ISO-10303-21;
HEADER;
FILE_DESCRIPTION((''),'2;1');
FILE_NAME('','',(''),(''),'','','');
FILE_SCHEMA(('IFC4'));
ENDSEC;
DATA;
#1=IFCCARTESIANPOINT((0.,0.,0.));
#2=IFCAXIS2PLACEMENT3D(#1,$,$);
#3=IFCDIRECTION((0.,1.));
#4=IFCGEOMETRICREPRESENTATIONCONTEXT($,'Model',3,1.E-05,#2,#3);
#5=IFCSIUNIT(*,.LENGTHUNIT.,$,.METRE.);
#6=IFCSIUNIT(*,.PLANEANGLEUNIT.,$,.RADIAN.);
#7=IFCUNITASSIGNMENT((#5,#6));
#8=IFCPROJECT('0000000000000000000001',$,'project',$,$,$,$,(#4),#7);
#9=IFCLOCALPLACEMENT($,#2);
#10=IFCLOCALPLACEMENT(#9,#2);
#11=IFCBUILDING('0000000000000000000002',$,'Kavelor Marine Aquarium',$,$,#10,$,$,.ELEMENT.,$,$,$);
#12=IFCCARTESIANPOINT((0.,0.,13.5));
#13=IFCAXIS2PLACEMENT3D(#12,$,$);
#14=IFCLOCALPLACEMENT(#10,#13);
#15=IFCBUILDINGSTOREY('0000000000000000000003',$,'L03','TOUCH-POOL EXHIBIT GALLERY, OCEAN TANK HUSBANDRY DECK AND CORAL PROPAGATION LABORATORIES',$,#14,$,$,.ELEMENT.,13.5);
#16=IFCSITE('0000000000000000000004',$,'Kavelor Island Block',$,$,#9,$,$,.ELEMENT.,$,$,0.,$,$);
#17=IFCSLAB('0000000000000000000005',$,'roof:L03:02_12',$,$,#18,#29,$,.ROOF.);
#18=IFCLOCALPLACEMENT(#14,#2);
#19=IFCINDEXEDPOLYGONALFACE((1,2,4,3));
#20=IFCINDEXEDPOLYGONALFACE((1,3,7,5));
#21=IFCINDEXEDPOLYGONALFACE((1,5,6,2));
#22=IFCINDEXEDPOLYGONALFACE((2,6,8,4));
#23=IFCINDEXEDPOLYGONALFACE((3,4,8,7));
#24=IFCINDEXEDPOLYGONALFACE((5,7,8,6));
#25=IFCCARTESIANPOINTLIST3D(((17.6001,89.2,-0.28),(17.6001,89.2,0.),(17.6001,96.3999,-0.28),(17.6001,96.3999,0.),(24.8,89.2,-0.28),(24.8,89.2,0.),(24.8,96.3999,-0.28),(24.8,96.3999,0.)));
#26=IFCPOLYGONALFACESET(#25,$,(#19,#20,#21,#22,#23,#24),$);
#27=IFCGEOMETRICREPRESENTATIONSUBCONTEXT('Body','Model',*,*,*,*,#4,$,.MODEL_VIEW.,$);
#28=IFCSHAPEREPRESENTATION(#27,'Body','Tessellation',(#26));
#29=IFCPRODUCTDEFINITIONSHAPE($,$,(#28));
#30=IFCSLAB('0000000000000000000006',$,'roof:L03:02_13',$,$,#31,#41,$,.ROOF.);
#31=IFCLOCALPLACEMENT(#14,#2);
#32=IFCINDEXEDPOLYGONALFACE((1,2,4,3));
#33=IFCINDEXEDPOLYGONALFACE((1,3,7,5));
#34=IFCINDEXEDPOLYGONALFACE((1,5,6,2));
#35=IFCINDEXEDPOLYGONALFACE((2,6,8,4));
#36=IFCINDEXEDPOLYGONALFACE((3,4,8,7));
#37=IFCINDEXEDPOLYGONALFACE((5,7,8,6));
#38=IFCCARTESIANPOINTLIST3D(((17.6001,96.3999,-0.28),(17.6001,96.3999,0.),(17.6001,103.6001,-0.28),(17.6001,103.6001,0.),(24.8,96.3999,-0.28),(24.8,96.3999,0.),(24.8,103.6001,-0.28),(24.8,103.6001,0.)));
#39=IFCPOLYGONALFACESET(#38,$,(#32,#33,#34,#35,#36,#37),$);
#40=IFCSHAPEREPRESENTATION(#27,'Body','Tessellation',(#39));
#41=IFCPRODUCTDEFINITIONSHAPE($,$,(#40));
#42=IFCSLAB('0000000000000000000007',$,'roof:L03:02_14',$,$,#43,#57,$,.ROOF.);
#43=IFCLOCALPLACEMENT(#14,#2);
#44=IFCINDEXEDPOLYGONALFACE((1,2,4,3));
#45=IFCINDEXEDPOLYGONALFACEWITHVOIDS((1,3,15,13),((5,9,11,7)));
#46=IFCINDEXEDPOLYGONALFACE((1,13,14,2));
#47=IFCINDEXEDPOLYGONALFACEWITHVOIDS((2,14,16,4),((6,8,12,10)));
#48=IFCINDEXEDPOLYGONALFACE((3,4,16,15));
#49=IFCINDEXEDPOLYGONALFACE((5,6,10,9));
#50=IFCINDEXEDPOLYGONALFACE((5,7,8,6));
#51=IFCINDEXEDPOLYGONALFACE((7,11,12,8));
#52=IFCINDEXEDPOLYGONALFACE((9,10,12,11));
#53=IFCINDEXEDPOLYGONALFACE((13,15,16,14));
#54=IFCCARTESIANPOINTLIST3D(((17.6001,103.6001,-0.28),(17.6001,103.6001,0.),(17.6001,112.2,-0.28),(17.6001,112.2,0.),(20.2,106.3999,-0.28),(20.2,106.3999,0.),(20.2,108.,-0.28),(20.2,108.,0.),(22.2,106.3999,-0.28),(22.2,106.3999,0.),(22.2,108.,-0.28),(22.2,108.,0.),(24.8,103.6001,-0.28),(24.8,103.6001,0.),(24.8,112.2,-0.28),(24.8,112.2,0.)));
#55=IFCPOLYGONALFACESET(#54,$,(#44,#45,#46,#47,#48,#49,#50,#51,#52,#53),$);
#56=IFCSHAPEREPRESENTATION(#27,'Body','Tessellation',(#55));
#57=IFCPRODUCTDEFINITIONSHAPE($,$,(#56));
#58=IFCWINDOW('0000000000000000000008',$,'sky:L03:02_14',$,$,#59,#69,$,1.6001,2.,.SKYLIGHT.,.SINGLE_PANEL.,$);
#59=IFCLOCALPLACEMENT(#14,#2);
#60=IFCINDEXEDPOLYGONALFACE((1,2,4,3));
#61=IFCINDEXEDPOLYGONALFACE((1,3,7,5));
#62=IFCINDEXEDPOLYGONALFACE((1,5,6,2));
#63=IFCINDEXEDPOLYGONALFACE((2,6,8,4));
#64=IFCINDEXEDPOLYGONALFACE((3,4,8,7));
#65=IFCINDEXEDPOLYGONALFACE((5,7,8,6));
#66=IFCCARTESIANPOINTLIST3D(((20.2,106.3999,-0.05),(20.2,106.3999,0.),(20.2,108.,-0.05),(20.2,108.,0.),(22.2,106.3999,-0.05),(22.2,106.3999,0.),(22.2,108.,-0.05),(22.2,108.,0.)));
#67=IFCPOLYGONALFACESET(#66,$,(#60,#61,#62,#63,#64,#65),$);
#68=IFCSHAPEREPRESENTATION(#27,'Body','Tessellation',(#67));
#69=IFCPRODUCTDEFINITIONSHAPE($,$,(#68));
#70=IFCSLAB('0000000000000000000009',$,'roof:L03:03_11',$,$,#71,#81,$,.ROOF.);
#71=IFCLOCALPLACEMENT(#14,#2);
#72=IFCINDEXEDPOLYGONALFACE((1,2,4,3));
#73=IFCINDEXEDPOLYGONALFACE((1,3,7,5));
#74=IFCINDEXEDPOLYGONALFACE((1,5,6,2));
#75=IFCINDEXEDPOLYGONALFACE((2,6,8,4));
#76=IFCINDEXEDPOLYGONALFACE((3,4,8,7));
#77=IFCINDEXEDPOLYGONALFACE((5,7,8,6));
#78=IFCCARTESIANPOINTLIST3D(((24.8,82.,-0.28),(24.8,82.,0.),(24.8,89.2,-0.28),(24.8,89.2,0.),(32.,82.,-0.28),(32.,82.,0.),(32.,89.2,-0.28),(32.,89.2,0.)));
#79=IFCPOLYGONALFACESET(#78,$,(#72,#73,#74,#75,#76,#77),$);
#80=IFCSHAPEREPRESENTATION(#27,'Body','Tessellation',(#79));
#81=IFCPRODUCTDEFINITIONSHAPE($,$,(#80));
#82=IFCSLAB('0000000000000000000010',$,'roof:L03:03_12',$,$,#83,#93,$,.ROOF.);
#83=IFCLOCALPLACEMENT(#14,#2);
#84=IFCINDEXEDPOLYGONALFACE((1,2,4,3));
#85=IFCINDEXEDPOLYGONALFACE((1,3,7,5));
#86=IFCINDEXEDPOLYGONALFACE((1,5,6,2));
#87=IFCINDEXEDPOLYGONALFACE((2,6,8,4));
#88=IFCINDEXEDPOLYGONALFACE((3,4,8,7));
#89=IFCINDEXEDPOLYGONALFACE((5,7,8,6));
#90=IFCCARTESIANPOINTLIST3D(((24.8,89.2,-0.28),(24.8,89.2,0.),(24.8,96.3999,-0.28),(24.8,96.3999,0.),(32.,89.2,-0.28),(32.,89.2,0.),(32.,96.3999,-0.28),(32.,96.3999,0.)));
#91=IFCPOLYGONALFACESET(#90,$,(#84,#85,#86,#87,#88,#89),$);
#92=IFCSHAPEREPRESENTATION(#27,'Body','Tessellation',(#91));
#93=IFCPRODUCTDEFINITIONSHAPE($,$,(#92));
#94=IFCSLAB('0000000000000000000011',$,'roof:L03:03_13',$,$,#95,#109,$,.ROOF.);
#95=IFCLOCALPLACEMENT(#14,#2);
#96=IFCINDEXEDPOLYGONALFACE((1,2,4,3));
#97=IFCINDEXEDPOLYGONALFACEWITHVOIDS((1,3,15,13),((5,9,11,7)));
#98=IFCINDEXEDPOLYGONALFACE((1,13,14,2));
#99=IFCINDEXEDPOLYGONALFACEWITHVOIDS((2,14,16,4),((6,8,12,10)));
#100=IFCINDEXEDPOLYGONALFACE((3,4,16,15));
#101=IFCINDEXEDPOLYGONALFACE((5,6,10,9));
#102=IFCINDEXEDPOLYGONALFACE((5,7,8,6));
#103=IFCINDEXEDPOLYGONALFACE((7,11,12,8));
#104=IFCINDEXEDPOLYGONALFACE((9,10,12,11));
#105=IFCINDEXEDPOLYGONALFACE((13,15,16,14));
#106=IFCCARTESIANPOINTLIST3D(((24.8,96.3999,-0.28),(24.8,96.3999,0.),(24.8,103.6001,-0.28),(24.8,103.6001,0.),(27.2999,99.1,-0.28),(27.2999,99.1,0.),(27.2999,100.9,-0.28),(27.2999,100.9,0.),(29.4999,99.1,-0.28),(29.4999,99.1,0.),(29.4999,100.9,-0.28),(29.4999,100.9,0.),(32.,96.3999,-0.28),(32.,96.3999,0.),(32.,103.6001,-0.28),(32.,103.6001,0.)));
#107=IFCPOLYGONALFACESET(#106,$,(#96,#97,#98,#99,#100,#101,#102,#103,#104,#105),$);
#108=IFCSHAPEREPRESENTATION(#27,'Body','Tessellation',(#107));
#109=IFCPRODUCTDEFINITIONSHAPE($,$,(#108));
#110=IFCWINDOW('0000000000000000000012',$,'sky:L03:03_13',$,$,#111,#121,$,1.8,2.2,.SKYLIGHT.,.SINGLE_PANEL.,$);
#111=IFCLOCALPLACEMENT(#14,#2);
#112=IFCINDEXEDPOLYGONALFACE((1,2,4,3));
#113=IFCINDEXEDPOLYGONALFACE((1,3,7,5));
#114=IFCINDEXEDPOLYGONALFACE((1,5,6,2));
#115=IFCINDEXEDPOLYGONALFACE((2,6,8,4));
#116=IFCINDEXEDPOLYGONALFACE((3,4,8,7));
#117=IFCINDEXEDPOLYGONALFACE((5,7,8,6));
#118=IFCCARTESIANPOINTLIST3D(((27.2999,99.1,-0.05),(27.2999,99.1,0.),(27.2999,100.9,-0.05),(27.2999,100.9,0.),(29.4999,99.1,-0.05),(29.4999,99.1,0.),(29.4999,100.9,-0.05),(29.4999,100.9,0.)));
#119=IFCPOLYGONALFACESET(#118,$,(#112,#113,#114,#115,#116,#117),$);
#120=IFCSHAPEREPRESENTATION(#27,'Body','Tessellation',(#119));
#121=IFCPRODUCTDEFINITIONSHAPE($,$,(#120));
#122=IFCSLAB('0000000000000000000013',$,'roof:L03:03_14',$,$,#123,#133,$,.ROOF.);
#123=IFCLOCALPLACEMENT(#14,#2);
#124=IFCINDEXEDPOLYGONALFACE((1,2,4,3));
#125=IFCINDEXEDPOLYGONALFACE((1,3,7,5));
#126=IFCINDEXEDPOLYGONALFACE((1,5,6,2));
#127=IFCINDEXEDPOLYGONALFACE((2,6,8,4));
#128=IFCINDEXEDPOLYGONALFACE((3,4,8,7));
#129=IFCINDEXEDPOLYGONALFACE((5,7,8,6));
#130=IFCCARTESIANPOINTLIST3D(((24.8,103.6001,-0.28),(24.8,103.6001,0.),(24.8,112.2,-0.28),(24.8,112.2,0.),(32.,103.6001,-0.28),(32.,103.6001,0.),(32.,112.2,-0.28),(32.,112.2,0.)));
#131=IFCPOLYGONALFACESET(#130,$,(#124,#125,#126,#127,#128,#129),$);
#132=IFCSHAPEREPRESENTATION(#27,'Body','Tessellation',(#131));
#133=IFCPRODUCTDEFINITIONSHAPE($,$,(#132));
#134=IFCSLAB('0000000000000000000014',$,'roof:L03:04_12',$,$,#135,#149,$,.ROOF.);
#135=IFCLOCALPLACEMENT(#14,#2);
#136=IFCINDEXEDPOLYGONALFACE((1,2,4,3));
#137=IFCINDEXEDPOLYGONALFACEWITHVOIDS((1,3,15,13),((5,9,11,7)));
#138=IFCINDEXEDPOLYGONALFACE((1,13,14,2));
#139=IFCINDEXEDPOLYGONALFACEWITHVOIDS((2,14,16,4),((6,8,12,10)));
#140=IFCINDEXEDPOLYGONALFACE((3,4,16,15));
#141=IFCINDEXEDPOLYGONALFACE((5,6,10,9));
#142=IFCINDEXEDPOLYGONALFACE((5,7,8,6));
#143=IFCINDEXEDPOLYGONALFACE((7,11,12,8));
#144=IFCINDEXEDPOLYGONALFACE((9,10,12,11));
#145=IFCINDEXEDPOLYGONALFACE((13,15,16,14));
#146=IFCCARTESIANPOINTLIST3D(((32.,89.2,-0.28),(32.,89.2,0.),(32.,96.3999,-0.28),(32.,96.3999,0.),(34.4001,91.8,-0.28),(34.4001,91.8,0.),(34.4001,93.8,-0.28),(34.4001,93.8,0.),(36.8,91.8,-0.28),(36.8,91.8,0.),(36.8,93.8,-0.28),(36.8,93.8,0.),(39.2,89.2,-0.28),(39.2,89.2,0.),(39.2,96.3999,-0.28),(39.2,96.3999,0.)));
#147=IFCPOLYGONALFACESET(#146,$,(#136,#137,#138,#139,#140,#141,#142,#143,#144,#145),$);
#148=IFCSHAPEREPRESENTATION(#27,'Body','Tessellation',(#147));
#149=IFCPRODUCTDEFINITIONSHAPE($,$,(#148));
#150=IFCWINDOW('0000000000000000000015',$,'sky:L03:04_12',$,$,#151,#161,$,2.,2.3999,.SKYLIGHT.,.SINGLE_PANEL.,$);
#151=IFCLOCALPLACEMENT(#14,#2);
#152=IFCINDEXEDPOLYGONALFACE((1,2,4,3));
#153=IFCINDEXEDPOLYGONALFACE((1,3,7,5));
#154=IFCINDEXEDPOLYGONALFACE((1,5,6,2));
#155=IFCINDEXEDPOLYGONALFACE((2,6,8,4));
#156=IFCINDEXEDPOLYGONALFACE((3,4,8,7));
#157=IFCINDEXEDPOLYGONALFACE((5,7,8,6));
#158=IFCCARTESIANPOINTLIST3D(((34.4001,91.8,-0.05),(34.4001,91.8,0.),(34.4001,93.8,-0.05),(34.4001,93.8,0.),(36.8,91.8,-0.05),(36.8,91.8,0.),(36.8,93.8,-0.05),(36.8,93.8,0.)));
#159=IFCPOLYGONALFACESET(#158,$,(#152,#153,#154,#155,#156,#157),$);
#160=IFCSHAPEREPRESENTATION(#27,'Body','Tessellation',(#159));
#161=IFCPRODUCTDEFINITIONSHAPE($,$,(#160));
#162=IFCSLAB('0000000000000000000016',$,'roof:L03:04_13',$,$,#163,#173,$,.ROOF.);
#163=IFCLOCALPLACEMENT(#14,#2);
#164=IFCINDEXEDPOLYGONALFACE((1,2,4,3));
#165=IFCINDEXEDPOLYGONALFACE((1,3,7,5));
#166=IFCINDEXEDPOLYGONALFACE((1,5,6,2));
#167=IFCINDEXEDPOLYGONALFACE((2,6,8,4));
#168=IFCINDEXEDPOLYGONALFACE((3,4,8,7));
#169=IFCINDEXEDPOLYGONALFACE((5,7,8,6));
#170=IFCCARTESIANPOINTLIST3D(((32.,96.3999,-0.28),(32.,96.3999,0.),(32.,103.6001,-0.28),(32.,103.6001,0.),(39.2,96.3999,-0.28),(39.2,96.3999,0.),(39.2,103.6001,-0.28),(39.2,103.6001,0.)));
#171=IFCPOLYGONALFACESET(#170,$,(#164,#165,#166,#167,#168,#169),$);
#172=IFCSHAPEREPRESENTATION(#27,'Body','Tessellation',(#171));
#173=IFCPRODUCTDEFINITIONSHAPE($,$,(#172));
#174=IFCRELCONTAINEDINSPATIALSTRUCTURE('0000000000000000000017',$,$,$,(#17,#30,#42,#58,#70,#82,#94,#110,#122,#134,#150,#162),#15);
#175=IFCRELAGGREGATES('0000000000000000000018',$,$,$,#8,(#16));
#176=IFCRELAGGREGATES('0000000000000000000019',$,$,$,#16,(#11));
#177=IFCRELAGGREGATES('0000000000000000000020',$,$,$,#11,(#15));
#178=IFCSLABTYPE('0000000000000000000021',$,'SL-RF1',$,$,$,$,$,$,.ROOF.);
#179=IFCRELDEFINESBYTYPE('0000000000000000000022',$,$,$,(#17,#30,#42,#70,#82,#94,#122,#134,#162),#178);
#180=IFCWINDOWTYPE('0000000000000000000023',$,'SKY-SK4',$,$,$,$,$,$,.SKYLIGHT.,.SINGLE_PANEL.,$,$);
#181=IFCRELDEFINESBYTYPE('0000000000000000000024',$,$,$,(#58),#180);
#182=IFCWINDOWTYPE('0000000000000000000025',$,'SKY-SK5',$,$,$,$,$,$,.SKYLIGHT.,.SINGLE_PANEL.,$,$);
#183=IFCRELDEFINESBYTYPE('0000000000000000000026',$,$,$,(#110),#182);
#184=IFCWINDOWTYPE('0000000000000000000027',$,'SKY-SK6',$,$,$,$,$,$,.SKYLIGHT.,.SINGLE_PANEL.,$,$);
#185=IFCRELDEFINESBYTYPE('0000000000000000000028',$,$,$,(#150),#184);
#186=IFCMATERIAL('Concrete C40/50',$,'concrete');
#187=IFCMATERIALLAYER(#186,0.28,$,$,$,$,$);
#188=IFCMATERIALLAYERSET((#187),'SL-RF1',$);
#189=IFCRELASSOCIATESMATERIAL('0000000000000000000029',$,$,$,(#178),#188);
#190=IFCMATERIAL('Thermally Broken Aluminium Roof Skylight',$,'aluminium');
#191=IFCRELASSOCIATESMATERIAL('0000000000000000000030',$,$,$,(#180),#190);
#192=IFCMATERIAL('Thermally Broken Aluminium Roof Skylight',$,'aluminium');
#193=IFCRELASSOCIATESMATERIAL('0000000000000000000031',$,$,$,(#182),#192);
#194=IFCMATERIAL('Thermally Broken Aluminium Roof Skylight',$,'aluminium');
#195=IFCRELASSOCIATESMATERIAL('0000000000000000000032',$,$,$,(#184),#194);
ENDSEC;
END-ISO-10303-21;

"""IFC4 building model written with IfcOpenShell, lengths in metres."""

from ifc_helpers import new_model, si_unit, direction, frame, origin, origin_2d, place, context, subcontext, project, spatial, polyline, rectangle, outline, extrude, material, layer, layer_set, type_object, element, fill, save


model = new_model("IFC4")

# Units and contexts
model_context = context("Model", 3, precision=1e-05, world=origin(), true_north=direction((0.0, 1.0)))
body_context = subcontext(model_context, "Body", "Model", "MODEL_VIEW")
ifc_project = project(units=[si_unit("LENGTHUNIT", "METRE"), si_unit("PLANEANGLEUNIT", "RADIAN")], contexts=[model_context])

# Site, building, storey
site_placement = place(None, origin())
site = spatial("IfcSite", under=ifc_project, at=site_placement, Name="Kavelor Island Block", CompositionType="ELEMENT", RefElevation=0.0)
building_placement = place(site_placement, origin())
building = spatial("IfcBuilding", under=site, at=building_placement, Name="Kavelor Marine Aquarium", CompositionType="ELEMENT")
storey_placement = place(building_placement, frame((0.0, 0.0, 13.5)))
storey = spatial("IfcBuildingStorey", under=building, at=storey_placement, Name="L03", Description="TOUCH-POOL EXHIBIT GALLERY, OCEAN TANK HUSBANDRY DECK AND CORAL PROPAGATION LABORATORIES", CompositionType="ELEMENT", Elevation=13.5)

# Shared definitions
ifc_material_1 = material(Name="Concrete C40/50", Category="concrete")
ifc_layer_1 = layer(ifc_material_1, 0.28)
ifc_layer_set_1 = layer_set([ifc_layer_1], Name="SL-RF1")
slab_type_1 = type_object("IfcSlabType", Name="SL-RF1", PredefinedType="ROOF", material=ifc_layer_set_1)

# Slabs
slab_1_placement = place(storey_placement, frame((0.0, 0.0, -0.28)))
element("IfcSlab", 1, at=slab_1_placement, inside=storey, type_object=slab_type_1, Name="roof:L03:02_12", PredefinedType="ROOF", context=body_context, shape_type="SweptSolid", body=[
    extrude(outline(polyline([(17.6001, 89.2), (24.8, 89.2), (24.8, 96.3999), (17.6001, 96.3999), (17.6001, 89.2)])), origin(), (0.0, 0.0, 1.0), 0.28),
])
slab_2_placement = place(storey_placement, frame((0.0, 0.0, -0.28)))
element("IfcSlab", 2, at=slab_2_placement, inside=storey, type_object=slab_type_1, Name="roof:L03:02_13", PredefinedType="ROOF", context=body_context, shape_type="SweptSolid", body=[
    extrude(outline(polyline([(17.6001, 96.3999), (24.8, 96.3999), (24.8, 103.6001), (17.6001, 103.6001), (17.6001, 96.3999)])), origin(), (0.0, 0.0, 1.0), 0.28),
])

# Slab, opening, window
slab_3_placement = place(storey_placement, frame((0.0, 0.0, -0.28)))
slab_3 = element("IfcSlab", 3, at=slab_3_placement, inside=storey, type_object=slab_type_1, Name="roof:L03:02_14", PredefinedType="ROOF", context=body_context, shape_type="SweptSolid", body=[
    extrude(outline(polyline([(17.6001, 103.6001), (24.8, 103.6001), (24.8, 112.2), (17.6001, 112.2), (17.6001, 103.6001)])), origin(), (0.0, 0.0, 1.0), 0.28),
])
opening_1_placement = place(slab_3_placement, frame((21.2, 107.2, 0.0)))
opening_1 = element("IfcOpeningElement", 4, at=opening_1_placement, cuts=slab_3, PredefinedType="OPENING", context=body_context, shape_type="SweptSolid", body=[
    extrude(rectangle(XDim=2.0, YDim=1.6001, at=origin_2d()), origin(), (0.0, 0.0, 1.0), 0.28),
])
ifc_material_2 = material(Name="Thermally Broken Aluminium Roof Skylight", Category="aluminium")
window_type_1 = type_object("IfcWindowType", Name="SKY-SK4", PartitioningType="SINGLE_PANEL", PredefinedType="SKYLIGHT", material=ifc_material_2)
window_1_placement = place(opening_1_placement, frame((0.0, 0.0, 0.23)))
window_1 = element("IfcWindow", 5, at=window_1_placement, inside=storey, type_object=window_type_1, Name="sky:L03:02_14", OverallHeight=1.6001, OverallWidth=2.0, PartitioningType="SINGLE_PANEL", PredefinedType="SKYLIGHT", context=body_context, shape_type="SweptSolid", body=[
    extrude(rectangle(XDim=2.0, YDim=1.6001, at=origin_2d()), origin(), (0.0, 0.0, 1.0), 0.05),
])
fill(opening_1, window_1)

# Slabs
slab_4_placement = place(storey_placement, frame((0.0, 0.0, -0.28)))
element("IfcSlab", 6, at=slab_4_placement, inside=storey, type_object=slab_type_1, Name="roof:L03:03_11", PredefinedType="ROOF", context=body_context, shape_type="SweptSolid", body=[
    extrude(outline(polyline([(24.8, 82.0), (32.0, 82.0), (32.0, 89.2), (24.8, 89.2), (24.8, 82.0)])), origin(), (0.0, 0.0, 1.0), 0.28),
])
slab_5_placement = place(storey_placement, frame((0.0, 0.0, -0.28)))
element("IfcSlab", 7, at=slab_5_placement, inside=storey, type_object=slab_type_1, Name="roof:L03:03_12", PredefinedType="ROOF", context=body_context, shape_type="SweptSolid", body=[
    extrude(outline(polyline([(24.8, 89.2), (32.0, 89.2), (32.0, 96.3999), (24.8, 96.3999), (24.8, 89.2)])), origin(), (0.0, 0.0, 1.0), 0.28),
])

# Slab, opening, window
slab_6_placement = place(storey_placement, frame((0.0, 0.0, -0.28)))
slab_6 = element("IfcSlab", 8, at=slab_6_placement, inside=storey, type_object=slab_type_1, Name="roof:L03:03_13", PredefinedType="ROOF", context=body_context, shape_type="SweptSolid", body=[
    extrude(outline(polyline([(24.8, 96.3999), (32.0, 96.3999), (32.0, 103.6001), (24.8, 103.6001), (24.8, 96.3999)])), origin(), (0.0, 0.0, 1.0), 0.28),
])
opening_2_placement = place(slab_6_placement, frame((28.3999, 100.0, 0.0)))
opening_2 = element("IfcOpeningElement", 9, at=opening_2_placement, cuts=slab_6, PredefinedType="OPENING", context=body_context, shape_type="SweptSolid", body=[
    extrude(rectangle(XDim=2.2, YDim=1.8, at=origin_2d()), origin(), (0.0, 0.0, 1.0), 0.28),
])
ifc_material_3 = material(Name="Thermally Broken Aluminium Roof Skylight", Category="aluminium")
window_type_2 = type_object("IfcWindowType", Name="SKY-SK5", PartitioningType="SINGLE_PANEL", PredefinedType="SKYLIGHT", material=ifc_material_3)
window_2_placement = place(opening_2_placement, frame((0.0, 0.0, 0.23)))
window_2 = element("IfcWindow", 10, at=window_2_placement, inside=storey, type_object=window_type_2, Name="sky:L03:03_13", OverallHeight=1.8, OverallWidth=2.2, PartitioningType="SINGLE_PANEL", PredefinedType="SKYLIGHT", context=body_context, shape_type="SweptSolid", body=[
    extrude(rectangle(XDim=2.2, YDim=1.8, at=origin_2d()), origin(), (0.0, 0.0, 1.0), 0.05),
])
fill(opening_2, window_2)

# Slab
slab_7_placement = place(storey_placement, frame((0.0, 0.0, -0.28)))
element("IfcSlab", 11, at=slab_7_placement, inside=storey, type_object=slab_type_1, Name="roof:L03:03_14", PredefinedType="ROOF", context=body_context, shape_type="SweptSolid", body=[
    extrude(outline(polyline([(24.8, 103.6001), (32.0, 103.6001), (32.0, 112.2), (24.8, 112.2), (24.8, 103.6001)])), origin(), (0.0, 0.0, 1.0), 0.28),
])

# Slab, opening, window
slab_8_placement = place(storey_placement, frame((0.0, 0.0, -0.28)))
slab_8 = element("IfcSlab", 12, at=slab_8_placement, inside=storey, type_object=slab_type_1, Name="roof:L03:04_12", PredefinedType="ROOF", context=body_context, shape_type="SweptSolid", body=[
    extrude(outline(polyline([(32.0, 89.2), (39.2, 89.2), (39.2, 96.3999), (32.0, 96.3999), (32.0, 89.2)])), origin(), (0.0, 0.0, 1.0), 0.28),
])
opening_3_placement = place(slab_8_placement, frame((35.6001, 92.8, 0.0)))
opening_3 = element("IfcOpeningElement", 13, at=opening_3_placement, cuts=slab_8, PredefinedType="OPENING", context=body_context, shape_type="SweptSolid", body=[
    extrude(rectangle(XDim=2.3999, YDim=2.0, at=origin_2d()), origin(), (0.0, 0.0, 1.0), 0.28),
])
ifc_material_4 = material(Name="Thermally Broken Aluminium Roof Skylight", Category="aluminium")
window_type_3 = type_object("IfcWindowType", Name="SKY-SK6", PartitioningType="SINGLE_PANEL", PredefinedType="SKYLIGHT", material=ifc_material_4)
window_3_placement = place(opening_3_placement, frame((0.0, 0.0, 0.23)))
window_3 = element("IfcWindow", 14, at=window_3_placement, inside=storey, type_object=window_type_3, Name="sky:L03:04_12", OverallHeight=2.0, OverallWidth=2.3999, PartitioningType="SINGLE_PANEL", PredefinedType="SKYLIGHT", context=body_context, shape_type="SweptSolid", body=[
    extrude(rectangle(XDim=2.3999, YDim=2.0, at=origin_2d()), origin(), (0.0, 0.0, 1.0), 0.05),
])
fill(opening_3, window_3)

# Slab
slab_9_placement = place(storey_placement, frame((0.0, 0.0, -0.28)))
element("IfcSlab", 15, at=slab_9_placement, inside=storey, type_object=slab_type_1, Name="roof:L03:04_13", PredefinedType="ROOF", context=body_context, shape_type="SweptSolid", body=[
    extrude(outline(polyline([(32.0, 96.3999), (39.2, 96.3999), (39.2, 103.6001), (32.0, 103.6001), (32.0, 96.3999)])), origin(), (0.0, 0.0, 1.0), 0.28),
])

save(model, "model.ifc")
